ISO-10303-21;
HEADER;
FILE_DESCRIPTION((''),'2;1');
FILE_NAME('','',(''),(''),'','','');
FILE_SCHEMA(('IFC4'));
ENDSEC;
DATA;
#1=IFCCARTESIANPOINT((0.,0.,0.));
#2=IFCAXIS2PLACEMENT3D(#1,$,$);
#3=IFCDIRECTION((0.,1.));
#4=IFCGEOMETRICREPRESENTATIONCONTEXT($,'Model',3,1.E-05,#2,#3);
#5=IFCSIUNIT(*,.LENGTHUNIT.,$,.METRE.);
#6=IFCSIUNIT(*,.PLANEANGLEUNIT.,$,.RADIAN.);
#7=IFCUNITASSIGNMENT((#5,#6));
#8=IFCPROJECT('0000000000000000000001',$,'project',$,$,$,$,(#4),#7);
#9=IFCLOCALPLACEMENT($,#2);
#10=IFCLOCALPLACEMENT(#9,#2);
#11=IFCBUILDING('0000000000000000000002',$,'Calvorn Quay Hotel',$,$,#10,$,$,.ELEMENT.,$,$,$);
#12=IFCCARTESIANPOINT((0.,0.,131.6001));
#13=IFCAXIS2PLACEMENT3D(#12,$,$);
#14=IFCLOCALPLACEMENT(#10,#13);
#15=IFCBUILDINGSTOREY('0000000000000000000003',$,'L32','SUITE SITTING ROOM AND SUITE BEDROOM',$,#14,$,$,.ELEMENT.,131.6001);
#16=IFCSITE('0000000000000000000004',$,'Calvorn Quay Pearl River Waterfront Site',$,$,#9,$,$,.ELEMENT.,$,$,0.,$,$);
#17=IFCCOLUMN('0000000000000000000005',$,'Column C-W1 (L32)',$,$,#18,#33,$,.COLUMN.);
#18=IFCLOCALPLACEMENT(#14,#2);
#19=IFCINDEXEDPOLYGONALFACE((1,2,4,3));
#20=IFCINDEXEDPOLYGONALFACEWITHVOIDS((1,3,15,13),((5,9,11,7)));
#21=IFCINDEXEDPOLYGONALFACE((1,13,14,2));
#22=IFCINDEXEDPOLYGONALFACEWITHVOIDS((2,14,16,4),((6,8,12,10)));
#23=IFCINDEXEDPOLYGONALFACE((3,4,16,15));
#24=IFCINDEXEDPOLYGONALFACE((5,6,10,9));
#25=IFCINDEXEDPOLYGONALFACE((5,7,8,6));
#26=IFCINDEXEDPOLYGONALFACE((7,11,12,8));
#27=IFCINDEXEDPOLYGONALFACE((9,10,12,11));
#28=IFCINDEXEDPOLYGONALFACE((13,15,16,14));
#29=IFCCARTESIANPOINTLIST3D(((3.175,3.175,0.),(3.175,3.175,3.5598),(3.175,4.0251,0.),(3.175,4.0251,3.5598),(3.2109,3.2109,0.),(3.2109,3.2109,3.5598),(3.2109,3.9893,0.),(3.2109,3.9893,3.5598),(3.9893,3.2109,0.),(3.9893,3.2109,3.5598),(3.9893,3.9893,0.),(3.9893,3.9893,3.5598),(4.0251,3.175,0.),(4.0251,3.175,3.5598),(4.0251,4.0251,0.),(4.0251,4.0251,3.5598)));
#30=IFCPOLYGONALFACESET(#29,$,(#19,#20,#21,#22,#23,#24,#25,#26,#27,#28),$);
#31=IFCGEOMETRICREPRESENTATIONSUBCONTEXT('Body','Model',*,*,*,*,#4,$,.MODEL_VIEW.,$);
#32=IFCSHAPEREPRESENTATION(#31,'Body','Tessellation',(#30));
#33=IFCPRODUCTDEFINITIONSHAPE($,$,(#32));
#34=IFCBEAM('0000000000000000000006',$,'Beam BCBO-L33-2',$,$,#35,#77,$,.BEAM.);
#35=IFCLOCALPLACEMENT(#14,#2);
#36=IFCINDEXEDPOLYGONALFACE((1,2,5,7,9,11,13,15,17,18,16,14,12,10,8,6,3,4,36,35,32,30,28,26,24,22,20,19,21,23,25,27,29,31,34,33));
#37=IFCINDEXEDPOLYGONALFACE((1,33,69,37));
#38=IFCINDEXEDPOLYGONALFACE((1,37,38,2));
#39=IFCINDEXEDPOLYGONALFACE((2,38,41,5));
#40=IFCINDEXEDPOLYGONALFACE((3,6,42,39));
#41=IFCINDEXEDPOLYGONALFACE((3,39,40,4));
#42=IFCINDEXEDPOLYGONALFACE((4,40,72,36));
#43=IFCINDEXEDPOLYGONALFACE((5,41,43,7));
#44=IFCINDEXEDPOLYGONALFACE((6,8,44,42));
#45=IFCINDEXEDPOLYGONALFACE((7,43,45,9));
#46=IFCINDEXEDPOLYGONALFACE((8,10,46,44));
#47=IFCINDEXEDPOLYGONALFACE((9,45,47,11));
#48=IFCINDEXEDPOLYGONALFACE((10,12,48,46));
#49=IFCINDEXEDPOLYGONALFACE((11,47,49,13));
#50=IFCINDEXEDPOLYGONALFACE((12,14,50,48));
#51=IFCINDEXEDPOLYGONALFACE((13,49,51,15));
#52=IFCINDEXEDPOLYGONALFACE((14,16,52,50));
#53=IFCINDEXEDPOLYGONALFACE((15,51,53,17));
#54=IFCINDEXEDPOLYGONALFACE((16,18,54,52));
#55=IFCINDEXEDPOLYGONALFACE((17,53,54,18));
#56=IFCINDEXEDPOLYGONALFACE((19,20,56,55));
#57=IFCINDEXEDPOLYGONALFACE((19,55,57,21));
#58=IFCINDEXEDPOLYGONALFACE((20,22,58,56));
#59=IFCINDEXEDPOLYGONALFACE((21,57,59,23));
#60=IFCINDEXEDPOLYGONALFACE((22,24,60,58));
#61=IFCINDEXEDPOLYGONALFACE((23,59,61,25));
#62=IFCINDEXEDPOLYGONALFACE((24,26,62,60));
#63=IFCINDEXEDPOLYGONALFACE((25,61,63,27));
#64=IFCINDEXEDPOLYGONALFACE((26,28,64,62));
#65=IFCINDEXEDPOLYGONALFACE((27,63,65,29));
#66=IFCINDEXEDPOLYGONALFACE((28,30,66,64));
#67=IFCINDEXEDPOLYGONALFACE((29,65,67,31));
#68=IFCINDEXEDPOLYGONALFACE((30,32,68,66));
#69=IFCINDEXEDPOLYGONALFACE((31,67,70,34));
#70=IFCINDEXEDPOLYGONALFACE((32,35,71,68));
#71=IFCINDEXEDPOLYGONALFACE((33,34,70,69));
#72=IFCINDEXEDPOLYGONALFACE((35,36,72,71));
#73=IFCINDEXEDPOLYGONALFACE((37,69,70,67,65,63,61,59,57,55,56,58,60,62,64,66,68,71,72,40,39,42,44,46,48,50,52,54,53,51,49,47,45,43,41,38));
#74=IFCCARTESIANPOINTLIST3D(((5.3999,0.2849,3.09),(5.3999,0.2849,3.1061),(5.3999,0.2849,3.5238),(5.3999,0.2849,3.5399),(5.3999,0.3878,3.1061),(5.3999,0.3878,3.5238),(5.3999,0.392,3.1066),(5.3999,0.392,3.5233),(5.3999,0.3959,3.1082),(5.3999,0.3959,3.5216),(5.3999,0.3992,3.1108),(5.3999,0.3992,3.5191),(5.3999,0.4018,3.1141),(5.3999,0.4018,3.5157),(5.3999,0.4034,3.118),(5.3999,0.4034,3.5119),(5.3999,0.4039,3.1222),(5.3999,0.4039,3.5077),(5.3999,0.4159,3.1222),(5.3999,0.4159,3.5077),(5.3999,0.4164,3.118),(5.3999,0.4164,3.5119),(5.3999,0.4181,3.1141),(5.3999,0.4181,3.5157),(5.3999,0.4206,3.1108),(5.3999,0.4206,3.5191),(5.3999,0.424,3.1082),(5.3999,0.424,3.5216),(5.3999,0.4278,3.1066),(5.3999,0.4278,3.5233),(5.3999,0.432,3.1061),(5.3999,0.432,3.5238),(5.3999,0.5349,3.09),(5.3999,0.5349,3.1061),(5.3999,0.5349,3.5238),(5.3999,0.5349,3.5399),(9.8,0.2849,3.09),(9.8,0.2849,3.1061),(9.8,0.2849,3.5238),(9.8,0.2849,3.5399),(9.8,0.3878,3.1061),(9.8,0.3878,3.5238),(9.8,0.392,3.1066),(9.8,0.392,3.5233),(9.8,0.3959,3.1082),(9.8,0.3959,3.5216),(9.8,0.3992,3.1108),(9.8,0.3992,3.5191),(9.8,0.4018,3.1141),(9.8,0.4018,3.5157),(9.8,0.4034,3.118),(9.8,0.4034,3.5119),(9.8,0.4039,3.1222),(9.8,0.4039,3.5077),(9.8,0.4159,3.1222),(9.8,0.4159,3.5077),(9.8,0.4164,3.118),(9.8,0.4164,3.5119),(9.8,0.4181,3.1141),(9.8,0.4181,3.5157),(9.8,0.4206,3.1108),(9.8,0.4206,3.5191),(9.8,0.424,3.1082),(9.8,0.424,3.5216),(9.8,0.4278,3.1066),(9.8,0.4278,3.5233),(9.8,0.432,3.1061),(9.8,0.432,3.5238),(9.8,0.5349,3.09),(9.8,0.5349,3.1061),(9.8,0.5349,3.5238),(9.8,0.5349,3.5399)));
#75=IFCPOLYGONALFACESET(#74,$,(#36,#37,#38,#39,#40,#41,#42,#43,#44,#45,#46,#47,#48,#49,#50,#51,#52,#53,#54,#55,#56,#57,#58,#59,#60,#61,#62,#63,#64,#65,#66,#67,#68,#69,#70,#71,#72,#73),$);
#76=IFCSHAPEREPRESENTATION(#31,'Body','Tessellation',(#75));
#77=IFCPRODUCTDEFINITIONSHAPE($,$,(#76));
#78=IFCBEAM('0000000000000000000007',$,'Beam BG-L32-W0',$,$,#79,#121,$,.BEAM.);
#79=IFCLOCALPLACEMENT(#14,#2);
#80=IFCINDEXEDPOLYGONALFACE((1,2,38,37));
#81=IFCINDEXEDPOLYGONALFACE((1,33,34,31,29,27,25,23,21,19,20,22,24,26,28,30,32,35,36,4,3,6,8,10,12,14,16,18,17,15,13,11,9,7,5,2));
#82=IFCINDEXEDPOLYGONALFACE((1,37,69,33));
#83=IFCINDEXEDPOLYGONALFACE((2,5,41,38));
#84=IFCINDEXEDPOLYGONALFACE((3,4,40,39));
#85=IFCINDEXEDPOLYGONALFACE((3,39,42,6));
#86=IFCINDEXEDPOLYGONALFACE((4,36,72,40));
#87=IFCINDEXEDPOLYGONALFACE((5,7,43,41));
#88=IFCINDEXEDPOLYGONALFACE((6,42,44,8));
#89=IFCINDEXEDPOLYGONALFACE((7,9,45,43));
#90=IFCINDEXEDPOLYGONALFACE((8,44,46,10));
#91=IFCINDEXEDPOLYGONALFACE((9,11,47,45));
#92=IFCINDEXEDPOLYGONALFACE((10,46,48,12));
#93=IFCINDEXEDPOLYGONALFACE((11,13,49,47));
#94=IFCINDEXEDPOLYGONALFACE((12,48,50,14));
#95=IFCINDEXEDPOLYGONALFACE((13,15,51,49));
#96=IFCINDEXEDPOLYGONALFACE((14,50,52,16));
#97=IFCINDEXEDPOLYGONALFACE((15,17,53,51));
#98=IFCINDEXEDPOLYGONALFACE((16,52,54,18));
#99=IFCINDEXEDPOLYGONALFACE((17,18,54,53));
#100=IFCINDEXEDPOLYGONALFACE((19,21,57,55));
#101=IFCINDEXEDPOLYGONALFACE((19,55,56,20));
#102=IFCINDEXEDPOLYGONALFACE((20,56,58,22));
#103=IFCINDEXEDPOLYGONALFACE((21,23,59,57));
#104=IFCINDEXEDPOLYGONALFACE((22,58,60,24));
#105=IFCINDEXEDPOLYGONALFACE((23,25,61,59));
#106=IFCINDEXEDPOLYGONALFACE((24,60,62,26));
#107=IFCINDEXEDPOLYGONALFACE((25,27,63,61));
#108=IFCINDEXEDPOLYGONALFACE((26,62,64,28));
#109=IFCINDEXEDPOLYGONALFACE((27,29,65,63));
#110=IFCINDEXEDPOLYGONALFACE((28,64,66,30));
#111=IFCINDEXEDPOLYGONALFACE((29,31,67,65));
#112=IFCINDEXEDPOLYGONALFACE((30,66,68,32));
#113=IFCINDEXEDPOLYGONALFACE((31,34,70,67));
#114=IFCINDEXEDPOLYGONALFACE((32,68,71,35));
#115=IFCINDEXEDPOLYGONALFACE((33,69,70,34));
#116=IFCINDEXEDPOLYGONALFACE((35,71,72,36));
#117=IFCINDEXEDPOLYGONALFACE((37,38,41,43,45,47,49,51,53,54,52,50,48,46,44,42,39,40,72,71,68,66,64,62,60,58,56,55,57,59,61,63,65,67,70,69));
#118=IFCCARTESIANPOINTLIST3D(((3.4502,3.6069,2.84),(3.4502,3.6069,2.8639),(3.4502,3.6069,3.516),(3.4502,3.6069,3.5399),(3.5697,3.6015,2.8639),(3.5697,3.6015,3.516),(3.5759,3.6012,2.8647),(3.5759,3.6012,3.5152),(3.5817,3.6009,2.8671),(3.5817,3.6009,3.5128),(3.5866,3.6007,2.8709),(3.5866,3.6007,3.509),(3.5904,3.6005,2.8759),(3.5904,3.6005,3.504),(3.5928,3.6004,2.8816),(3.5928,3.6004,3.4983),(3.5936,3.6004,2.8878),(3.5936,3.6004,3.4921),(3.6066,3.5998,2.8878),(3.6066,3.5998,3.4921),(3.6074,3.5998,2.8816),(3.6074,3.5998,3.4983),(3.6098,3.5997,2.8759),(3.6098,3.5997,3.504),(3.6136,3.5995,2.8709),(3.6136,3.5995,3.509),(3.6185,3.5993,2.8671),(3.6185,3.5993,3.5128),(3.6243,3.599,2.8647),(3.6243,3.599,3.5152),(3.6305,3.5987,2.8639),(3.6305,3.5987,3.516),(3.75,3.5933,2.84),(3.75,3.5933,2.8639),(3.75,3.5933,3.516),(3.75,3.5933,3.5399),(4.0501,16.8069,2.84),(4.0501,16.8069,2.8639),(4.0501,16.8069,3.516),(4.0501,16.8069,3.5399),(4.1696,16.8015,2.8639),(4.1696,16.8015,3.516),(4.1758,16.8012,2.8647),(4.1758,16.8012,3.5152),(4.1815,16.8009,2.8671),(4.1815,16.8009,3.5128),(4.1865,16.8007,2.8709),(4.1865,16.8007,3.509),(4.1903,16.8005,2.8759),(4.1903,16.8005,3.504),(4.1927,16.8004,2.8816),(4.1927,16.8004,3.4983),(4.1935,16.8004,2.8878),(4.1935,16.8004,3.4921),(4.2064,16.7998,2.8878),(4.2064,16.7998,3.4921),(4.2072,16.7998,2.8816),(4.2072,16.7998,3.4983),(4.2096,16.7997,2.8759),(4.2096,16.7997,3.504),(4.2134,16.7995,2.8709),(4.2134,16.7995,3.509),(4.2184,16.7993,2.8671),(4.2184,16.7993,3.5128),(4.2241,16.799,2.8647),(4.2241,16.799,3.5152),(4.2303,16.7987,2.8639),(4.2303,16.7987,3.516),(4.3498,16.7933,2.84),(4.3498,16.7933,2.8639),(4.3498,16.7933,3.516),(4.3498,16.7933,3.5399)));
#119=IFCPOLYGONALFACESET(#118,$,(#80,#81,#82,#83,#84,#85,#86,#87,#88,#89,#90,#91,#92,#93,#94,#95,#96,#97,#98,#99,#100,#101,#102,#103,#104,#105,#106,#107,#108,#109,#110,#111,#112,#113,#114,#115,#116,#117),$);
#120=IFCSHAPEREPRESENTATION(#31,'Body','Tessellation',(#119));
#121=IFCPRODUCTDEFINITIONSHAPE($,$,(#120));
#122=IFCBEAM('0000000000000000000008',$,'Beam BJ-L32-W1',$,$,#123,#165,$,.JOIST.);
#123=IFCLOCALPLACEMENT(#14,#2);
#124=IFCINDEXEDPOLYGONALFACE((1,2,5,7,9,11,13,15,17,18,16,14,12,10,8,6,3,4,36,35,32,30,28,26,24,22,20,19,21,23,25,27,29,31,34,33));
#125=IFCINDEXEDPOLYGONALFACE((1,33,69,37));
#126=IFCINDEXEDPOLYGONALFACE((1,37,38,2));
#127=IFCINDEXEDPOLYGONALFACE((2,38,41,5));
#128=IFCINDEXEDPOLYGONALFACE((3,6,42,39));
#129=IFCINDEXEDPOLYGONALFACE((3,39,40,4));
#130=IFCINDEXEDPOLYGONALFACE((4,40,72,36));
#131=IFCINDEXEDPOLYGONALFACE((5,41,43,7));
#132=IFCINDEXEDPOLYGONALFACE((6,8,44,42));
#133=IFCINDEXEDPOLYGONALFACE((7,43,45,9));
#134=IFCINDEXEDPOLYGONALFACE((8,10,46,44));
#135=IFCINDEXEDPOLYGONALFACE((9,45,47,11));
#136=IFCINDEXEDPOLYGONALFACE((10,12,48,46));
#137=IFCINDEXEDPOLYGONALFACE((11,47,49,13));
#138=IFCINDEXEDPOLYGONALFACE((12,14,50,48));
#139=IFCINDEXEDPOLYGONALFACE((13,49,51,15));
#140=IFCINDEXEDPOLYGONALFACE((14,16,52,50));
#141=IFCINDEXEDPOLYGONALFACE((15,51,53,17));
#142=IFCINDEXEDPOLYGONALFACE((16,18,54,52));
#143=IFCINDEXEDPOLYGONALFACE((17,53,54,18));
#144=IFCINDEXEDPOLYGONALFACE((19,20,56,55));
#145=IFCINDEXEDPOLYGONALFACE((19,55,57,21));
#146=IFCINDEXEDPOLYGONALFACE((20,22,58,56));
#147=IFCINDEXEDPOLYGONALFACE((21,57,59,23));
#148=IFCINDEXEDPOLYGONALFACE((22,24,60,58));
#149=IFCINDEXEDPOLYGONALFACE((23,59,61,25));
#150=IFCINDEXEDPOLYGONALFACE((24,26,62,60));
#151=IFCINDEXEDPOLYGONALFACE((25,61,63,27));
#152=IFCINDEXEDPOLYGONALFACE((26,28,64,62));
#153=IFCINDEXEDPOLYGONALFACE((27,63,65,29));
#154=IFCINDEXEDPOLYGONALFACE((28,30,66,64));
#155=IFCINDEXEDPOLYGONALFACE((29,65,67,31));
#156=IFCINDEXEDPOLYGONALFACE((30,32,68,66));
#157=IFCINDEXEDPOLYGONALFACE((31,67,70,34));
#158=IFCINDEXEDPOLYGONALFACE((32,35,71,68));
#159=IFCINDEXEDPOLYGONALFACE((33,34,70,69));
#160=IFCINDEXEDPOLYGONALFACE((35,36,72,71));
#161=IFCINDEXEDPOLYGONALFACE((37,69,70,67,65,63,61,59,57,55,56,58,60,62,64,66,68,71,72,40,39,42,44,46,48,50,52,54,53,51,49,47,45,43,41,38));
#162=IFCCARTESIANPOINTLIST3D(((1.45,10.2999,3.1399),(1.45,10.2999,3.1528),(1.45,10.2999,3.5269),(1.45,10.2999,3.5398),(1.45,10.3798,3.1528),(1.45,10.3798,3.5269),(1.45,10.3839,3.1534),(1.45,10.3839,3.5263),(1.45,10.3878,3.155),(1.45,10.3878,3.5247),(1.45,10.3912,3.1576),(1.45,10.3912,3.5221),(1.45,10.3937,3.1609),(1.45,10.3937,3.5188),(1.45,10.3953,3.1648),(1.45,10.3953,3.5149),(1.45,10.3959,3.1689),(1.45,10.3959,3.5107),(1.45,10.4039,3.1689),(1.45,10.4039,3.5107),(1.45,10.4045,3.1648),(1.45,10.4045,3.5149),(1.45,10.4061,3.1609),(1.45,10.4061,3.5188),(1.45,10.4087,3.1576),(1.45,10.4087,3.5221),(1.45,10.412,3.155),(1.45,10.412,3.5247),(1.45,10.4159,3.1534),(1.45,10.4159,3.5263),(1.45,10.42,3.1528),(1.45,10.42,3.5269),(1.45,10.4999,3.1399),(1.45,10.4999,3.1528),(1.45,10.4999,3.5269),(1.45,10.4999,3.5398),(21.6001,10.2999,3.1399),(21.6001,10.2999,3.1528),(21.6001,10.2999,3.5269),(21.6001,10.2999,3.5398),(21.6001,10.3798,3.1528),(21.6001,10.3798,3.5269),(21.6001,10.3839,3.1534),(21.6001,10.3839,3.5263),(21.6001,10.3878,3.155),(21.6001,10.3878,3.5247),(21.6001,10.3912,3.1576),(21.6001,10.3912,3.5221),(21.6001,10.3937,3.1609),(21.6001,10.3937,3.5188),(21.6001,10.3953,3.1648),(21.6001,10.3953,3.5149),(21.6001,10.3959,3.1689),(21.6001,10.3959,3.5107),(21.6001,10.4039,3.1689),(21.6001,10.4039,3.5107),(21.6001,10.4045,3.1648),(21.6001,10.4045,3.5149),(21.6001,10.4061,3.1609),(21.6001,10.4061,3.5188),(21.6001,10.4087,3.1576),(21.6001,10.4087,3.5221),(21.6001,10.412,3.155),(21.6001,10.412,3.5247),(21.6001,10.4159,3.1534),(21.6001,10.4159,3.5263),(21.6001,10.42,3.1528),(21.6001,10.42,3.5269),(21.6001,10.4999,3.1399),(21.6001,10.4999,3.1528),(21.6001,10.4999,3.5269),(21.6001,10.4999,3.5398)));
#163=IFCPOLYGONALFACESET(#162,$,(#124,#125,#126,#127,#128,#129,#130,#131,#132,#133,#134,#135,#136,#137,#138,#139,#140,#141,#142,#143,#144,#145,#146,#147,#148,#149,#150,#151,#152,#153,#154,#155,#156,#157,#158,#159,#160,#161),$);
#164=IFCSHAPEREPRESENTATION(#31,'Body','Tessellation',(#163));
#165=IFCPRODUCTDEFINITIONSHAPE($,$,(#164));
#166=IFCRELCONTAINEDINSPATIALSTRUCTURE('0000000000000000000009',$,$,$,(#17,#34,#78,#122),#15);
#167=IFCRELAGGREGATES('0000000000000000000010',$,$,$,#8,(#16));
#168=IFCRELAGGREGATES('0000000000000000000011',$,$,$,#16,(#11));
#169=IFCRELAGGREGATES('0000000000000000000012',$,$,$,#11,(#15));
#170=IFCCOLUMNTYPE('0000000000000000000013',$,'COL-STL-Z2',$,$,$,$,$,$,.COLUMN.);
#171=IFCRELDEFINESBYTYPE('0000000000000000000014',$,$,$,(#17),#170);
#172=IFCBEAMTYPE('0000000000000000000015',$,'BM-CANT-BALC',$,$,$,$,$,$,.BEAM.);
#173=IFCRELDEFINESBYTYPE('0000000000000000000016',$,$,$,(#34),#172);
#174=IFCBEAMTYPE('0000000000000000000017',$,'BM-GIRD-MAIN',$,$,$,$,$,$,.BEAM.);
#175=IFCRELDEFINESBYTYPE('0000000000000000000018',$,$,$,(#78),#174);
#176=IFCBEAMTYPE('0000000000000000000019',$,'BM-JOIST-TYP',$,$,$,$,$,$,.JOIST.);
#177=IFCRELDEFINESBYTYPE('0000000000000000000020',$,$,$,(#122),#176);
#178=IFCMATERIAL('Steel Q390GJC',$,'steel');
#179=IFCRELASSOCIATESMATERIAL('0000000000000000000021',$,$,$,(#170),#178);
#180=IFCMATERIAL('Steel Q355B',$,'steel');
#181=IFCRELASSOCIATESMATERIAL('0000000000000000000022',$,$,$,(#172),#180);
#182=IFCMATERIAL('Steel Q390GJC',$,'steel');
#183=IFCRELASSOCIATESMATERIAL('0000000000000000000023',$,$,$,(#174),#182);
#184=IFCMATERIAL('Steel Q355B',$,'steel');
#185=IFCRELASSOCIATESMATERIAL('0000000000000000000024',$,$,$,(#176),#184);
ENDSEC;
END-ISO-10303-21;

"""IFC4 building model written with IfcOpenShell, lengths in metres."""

from ifc_helpers import new_model, si_unit, direction, frame, origin, origin_2d, place, context, subcontext, project, spatial, hollow_rectangle, i_section, extrude, material, material_profile, profile_set, type_object, element, save


model = new_model("IFC4")

# Units and contexts
model_context = context("Model", 3, precision=1e-05, world=origin(), true_north=direction((0.0, 1.0)))
body_context = subcontext(model_context, "Body", "Model", "MODEL_VIEW")
ifc_project = project(units=[si_unit("LENGTHUNIT", "METRE"), si_unit("PLANEANGLEUNIT", "RADIAN")], contexts=[model_context])

# Site, building, storey
site_placement = place(None, origin())
site = spatial("IfcSite", under=ifc_project, at=site_placement, Name="Calvorn Quay Pearl River Waterfront Site", CompositionType="ELEMENT", RefElevation=0.0)
building_placement = place(site_placement, origin())
building = spatial("IfcBuilding", under=site, at=building_placement, Name="Calvorn Quay Hotel", CompositionType="ELEMENT")
storey_placement = place(building_placement, frame((0.0, 0.0, 131.6001)))
storey = spatial("IfcBuildingStorey", under=building, at=storey_placement, Name="L32", Description="SUITE SITTING ROOM AND SUITE BEDROOM", CompositionType="ELEMENT", Elevation=131.6001)

# Column
ifc_material_1 = material(Name="Steel Q390GJC", Category="steel")
ifc_material_profile_1 = material_profile(ifc_material_1, hollow_rectangle(XDim=0.8501, YDim=0.8501, WallThickness=0.0359, at=origin_2d()), Name="BOX850x850x36")
ifc_profile_set_1 = profile_set([ifc_material_profile_1], Name="Steel Q390GJC")
column_type = type_object("IfcColumnType", Name="COL-STL-Z2", PredefinedType="COLUMN", material=ifc_profile_set_1)
column_placement = place(storey_placement, frame((3.6001, 3.6001, 0.0), z_axis=(0.0, 0.0, 1.0), x_axis=(1.0, 0.0, 0.0)))
element("IfcColumn", 1, at=column_placement, inside=storey, type_object=column_type, Name="Column C-W1 (L32)", PredefinedType="COLUMN", context=body_context, shape_type="SweptSolid", body=[
    extrude(hollow_rectangle(XDim=0.8501, YDim=0.8501, WallThickness=0.0359, at=origin_2d()), origin(), (0.0, 0.0, 1.0), 3.5598),
])

# Beams
ifc_material_2 = material(Name="Steel Q355B", Category="steel")
ifc_material_profile_2 = material_profile(ifc_material_2, i_section(OverallWidth=0.25, OverallDepth=0.45, WebThickness=0.012, FlangeThickness=0.0161, FilletRadius=0.0161, at=origin_2d()), Name="HN450x250x12x16")
ifc_profile_set_2 = profile_set([ifc_material_profile_2], Name="Steel Q355B")
beam_type_1 = type_object("IfcBeamType", Name="BM-CANT-BALC", PredefinedType="BEAM", material=ifc_profile_set_2)
beam_1_placement = place(storey_placement, frame((5.3999, 0.4099, 3.3149), z_axis=(1.0, 0.0, 0.0), x_axis=(0.0, 1.0, 0.0)))
element("IfcBeam", 2, at=beam_1_placement, inside=storey, type_object=beam_type_1, Name="Beam BCBO-L33-2", PredefinedType="BEAM", context=body_context, shape_type="SweptSolid", body=[
    extrude(i_section(OverallWidth=0.25, OverallDepth=0.45, WebThickness=0.012, FlangeThickness=0.0161, FilletRadius=0.0161, at=origin_2d()), origin(), (0.0, 0.0, 1.0), 4.4001),
])
ifc_material_3 = material(Name="Steel Q390GJC", Category="steel")
ifc_material_profile_3 = material_profile(ifc_material_3, i_section(OverallWidth=0.3, OverallDepth=0.7, WebThickness=0.0129, FlangeThickness=0.0239, FilletRadius=0.0239, at=origin_2d()), Name="HN700x300x13x24")
ifc_profile_set_3 = profile_set([ifc_material_profile_3], Name="Steel Q390GJC")
beam_type_2 = type_object("IfcBeamType", Name="BM-GIRD-MAIN", PredefinedType="BEAM", material=ifc_profile_set_3)
beam_2_placement = place(storey_placement, frame((3.6001, 3.6001, 3.1899), z_axis=(0.045397, 0.998969, 0.0), x_axis=(-0.998969, 0.045397, 0.0)))
element("IfcBeam", 3, at=beam_2_placement, inside=storey, type_object=beam_type_2, Name="Beam BG-L32-W0", PredefinedType="BEAM", context=body_context, shape_type="SweptSolid", body=[
    extrude(i_section(OverallWidth=0.3, OverallDepth=0.7, WebThickness=0.0129, FlangeThickness=0.0239, FilletRadius=0.0239, at=origin_2d()), origin(), (0.0, 0.0, 1.0), 13.2136),
])
ifc_material_4 = material(Name="Steel Q355B", Category="steel")
ifc_material_profile_4 = material_profile(ifc_material_4, i_section(OverallWidth=0.2, OverallDepth=0.3999, WebThickness=0.0081, FlangeThickness=0.0129, FilletRadius=0.0161, at=origin_2d()), Name="HN400x200x8x13")
ifc_profile_set_4 = profile_set([ifc_material_profile_4], Name="Steel Q355B")
beam_type_3 = type_object("IfcBeamType", Name="BM-JOIST-TYP", PredefinedType="JOIST", material=ifc_profile_set_4)
beam_3_placement = place(storey_placement, frame((1.45, 10.3999, 3.3398), z_axis=(1.0, 0.0, 0.0), x_axis=(0.0, 1.0, 0.0)))
element("IfcBeam", 4, at=beam_3_placement, inside=storey, type_object=beam_type_3, Name="Beam BJ-L32-W1", PredefinedType="JOIST", context=body_context, shape_type="SweptSolid", body=[
    extrude(i_section(OverallWidth=0.2, OverallDepth=0.3999, WebThickness=0.0081, FlangeThickness=0.0129, FilletRadius=0.0161, at=origin_2d()), origin(), (0.0, 0.0, 1.0), 20.1501),
])

save(model, "model.ifc")
